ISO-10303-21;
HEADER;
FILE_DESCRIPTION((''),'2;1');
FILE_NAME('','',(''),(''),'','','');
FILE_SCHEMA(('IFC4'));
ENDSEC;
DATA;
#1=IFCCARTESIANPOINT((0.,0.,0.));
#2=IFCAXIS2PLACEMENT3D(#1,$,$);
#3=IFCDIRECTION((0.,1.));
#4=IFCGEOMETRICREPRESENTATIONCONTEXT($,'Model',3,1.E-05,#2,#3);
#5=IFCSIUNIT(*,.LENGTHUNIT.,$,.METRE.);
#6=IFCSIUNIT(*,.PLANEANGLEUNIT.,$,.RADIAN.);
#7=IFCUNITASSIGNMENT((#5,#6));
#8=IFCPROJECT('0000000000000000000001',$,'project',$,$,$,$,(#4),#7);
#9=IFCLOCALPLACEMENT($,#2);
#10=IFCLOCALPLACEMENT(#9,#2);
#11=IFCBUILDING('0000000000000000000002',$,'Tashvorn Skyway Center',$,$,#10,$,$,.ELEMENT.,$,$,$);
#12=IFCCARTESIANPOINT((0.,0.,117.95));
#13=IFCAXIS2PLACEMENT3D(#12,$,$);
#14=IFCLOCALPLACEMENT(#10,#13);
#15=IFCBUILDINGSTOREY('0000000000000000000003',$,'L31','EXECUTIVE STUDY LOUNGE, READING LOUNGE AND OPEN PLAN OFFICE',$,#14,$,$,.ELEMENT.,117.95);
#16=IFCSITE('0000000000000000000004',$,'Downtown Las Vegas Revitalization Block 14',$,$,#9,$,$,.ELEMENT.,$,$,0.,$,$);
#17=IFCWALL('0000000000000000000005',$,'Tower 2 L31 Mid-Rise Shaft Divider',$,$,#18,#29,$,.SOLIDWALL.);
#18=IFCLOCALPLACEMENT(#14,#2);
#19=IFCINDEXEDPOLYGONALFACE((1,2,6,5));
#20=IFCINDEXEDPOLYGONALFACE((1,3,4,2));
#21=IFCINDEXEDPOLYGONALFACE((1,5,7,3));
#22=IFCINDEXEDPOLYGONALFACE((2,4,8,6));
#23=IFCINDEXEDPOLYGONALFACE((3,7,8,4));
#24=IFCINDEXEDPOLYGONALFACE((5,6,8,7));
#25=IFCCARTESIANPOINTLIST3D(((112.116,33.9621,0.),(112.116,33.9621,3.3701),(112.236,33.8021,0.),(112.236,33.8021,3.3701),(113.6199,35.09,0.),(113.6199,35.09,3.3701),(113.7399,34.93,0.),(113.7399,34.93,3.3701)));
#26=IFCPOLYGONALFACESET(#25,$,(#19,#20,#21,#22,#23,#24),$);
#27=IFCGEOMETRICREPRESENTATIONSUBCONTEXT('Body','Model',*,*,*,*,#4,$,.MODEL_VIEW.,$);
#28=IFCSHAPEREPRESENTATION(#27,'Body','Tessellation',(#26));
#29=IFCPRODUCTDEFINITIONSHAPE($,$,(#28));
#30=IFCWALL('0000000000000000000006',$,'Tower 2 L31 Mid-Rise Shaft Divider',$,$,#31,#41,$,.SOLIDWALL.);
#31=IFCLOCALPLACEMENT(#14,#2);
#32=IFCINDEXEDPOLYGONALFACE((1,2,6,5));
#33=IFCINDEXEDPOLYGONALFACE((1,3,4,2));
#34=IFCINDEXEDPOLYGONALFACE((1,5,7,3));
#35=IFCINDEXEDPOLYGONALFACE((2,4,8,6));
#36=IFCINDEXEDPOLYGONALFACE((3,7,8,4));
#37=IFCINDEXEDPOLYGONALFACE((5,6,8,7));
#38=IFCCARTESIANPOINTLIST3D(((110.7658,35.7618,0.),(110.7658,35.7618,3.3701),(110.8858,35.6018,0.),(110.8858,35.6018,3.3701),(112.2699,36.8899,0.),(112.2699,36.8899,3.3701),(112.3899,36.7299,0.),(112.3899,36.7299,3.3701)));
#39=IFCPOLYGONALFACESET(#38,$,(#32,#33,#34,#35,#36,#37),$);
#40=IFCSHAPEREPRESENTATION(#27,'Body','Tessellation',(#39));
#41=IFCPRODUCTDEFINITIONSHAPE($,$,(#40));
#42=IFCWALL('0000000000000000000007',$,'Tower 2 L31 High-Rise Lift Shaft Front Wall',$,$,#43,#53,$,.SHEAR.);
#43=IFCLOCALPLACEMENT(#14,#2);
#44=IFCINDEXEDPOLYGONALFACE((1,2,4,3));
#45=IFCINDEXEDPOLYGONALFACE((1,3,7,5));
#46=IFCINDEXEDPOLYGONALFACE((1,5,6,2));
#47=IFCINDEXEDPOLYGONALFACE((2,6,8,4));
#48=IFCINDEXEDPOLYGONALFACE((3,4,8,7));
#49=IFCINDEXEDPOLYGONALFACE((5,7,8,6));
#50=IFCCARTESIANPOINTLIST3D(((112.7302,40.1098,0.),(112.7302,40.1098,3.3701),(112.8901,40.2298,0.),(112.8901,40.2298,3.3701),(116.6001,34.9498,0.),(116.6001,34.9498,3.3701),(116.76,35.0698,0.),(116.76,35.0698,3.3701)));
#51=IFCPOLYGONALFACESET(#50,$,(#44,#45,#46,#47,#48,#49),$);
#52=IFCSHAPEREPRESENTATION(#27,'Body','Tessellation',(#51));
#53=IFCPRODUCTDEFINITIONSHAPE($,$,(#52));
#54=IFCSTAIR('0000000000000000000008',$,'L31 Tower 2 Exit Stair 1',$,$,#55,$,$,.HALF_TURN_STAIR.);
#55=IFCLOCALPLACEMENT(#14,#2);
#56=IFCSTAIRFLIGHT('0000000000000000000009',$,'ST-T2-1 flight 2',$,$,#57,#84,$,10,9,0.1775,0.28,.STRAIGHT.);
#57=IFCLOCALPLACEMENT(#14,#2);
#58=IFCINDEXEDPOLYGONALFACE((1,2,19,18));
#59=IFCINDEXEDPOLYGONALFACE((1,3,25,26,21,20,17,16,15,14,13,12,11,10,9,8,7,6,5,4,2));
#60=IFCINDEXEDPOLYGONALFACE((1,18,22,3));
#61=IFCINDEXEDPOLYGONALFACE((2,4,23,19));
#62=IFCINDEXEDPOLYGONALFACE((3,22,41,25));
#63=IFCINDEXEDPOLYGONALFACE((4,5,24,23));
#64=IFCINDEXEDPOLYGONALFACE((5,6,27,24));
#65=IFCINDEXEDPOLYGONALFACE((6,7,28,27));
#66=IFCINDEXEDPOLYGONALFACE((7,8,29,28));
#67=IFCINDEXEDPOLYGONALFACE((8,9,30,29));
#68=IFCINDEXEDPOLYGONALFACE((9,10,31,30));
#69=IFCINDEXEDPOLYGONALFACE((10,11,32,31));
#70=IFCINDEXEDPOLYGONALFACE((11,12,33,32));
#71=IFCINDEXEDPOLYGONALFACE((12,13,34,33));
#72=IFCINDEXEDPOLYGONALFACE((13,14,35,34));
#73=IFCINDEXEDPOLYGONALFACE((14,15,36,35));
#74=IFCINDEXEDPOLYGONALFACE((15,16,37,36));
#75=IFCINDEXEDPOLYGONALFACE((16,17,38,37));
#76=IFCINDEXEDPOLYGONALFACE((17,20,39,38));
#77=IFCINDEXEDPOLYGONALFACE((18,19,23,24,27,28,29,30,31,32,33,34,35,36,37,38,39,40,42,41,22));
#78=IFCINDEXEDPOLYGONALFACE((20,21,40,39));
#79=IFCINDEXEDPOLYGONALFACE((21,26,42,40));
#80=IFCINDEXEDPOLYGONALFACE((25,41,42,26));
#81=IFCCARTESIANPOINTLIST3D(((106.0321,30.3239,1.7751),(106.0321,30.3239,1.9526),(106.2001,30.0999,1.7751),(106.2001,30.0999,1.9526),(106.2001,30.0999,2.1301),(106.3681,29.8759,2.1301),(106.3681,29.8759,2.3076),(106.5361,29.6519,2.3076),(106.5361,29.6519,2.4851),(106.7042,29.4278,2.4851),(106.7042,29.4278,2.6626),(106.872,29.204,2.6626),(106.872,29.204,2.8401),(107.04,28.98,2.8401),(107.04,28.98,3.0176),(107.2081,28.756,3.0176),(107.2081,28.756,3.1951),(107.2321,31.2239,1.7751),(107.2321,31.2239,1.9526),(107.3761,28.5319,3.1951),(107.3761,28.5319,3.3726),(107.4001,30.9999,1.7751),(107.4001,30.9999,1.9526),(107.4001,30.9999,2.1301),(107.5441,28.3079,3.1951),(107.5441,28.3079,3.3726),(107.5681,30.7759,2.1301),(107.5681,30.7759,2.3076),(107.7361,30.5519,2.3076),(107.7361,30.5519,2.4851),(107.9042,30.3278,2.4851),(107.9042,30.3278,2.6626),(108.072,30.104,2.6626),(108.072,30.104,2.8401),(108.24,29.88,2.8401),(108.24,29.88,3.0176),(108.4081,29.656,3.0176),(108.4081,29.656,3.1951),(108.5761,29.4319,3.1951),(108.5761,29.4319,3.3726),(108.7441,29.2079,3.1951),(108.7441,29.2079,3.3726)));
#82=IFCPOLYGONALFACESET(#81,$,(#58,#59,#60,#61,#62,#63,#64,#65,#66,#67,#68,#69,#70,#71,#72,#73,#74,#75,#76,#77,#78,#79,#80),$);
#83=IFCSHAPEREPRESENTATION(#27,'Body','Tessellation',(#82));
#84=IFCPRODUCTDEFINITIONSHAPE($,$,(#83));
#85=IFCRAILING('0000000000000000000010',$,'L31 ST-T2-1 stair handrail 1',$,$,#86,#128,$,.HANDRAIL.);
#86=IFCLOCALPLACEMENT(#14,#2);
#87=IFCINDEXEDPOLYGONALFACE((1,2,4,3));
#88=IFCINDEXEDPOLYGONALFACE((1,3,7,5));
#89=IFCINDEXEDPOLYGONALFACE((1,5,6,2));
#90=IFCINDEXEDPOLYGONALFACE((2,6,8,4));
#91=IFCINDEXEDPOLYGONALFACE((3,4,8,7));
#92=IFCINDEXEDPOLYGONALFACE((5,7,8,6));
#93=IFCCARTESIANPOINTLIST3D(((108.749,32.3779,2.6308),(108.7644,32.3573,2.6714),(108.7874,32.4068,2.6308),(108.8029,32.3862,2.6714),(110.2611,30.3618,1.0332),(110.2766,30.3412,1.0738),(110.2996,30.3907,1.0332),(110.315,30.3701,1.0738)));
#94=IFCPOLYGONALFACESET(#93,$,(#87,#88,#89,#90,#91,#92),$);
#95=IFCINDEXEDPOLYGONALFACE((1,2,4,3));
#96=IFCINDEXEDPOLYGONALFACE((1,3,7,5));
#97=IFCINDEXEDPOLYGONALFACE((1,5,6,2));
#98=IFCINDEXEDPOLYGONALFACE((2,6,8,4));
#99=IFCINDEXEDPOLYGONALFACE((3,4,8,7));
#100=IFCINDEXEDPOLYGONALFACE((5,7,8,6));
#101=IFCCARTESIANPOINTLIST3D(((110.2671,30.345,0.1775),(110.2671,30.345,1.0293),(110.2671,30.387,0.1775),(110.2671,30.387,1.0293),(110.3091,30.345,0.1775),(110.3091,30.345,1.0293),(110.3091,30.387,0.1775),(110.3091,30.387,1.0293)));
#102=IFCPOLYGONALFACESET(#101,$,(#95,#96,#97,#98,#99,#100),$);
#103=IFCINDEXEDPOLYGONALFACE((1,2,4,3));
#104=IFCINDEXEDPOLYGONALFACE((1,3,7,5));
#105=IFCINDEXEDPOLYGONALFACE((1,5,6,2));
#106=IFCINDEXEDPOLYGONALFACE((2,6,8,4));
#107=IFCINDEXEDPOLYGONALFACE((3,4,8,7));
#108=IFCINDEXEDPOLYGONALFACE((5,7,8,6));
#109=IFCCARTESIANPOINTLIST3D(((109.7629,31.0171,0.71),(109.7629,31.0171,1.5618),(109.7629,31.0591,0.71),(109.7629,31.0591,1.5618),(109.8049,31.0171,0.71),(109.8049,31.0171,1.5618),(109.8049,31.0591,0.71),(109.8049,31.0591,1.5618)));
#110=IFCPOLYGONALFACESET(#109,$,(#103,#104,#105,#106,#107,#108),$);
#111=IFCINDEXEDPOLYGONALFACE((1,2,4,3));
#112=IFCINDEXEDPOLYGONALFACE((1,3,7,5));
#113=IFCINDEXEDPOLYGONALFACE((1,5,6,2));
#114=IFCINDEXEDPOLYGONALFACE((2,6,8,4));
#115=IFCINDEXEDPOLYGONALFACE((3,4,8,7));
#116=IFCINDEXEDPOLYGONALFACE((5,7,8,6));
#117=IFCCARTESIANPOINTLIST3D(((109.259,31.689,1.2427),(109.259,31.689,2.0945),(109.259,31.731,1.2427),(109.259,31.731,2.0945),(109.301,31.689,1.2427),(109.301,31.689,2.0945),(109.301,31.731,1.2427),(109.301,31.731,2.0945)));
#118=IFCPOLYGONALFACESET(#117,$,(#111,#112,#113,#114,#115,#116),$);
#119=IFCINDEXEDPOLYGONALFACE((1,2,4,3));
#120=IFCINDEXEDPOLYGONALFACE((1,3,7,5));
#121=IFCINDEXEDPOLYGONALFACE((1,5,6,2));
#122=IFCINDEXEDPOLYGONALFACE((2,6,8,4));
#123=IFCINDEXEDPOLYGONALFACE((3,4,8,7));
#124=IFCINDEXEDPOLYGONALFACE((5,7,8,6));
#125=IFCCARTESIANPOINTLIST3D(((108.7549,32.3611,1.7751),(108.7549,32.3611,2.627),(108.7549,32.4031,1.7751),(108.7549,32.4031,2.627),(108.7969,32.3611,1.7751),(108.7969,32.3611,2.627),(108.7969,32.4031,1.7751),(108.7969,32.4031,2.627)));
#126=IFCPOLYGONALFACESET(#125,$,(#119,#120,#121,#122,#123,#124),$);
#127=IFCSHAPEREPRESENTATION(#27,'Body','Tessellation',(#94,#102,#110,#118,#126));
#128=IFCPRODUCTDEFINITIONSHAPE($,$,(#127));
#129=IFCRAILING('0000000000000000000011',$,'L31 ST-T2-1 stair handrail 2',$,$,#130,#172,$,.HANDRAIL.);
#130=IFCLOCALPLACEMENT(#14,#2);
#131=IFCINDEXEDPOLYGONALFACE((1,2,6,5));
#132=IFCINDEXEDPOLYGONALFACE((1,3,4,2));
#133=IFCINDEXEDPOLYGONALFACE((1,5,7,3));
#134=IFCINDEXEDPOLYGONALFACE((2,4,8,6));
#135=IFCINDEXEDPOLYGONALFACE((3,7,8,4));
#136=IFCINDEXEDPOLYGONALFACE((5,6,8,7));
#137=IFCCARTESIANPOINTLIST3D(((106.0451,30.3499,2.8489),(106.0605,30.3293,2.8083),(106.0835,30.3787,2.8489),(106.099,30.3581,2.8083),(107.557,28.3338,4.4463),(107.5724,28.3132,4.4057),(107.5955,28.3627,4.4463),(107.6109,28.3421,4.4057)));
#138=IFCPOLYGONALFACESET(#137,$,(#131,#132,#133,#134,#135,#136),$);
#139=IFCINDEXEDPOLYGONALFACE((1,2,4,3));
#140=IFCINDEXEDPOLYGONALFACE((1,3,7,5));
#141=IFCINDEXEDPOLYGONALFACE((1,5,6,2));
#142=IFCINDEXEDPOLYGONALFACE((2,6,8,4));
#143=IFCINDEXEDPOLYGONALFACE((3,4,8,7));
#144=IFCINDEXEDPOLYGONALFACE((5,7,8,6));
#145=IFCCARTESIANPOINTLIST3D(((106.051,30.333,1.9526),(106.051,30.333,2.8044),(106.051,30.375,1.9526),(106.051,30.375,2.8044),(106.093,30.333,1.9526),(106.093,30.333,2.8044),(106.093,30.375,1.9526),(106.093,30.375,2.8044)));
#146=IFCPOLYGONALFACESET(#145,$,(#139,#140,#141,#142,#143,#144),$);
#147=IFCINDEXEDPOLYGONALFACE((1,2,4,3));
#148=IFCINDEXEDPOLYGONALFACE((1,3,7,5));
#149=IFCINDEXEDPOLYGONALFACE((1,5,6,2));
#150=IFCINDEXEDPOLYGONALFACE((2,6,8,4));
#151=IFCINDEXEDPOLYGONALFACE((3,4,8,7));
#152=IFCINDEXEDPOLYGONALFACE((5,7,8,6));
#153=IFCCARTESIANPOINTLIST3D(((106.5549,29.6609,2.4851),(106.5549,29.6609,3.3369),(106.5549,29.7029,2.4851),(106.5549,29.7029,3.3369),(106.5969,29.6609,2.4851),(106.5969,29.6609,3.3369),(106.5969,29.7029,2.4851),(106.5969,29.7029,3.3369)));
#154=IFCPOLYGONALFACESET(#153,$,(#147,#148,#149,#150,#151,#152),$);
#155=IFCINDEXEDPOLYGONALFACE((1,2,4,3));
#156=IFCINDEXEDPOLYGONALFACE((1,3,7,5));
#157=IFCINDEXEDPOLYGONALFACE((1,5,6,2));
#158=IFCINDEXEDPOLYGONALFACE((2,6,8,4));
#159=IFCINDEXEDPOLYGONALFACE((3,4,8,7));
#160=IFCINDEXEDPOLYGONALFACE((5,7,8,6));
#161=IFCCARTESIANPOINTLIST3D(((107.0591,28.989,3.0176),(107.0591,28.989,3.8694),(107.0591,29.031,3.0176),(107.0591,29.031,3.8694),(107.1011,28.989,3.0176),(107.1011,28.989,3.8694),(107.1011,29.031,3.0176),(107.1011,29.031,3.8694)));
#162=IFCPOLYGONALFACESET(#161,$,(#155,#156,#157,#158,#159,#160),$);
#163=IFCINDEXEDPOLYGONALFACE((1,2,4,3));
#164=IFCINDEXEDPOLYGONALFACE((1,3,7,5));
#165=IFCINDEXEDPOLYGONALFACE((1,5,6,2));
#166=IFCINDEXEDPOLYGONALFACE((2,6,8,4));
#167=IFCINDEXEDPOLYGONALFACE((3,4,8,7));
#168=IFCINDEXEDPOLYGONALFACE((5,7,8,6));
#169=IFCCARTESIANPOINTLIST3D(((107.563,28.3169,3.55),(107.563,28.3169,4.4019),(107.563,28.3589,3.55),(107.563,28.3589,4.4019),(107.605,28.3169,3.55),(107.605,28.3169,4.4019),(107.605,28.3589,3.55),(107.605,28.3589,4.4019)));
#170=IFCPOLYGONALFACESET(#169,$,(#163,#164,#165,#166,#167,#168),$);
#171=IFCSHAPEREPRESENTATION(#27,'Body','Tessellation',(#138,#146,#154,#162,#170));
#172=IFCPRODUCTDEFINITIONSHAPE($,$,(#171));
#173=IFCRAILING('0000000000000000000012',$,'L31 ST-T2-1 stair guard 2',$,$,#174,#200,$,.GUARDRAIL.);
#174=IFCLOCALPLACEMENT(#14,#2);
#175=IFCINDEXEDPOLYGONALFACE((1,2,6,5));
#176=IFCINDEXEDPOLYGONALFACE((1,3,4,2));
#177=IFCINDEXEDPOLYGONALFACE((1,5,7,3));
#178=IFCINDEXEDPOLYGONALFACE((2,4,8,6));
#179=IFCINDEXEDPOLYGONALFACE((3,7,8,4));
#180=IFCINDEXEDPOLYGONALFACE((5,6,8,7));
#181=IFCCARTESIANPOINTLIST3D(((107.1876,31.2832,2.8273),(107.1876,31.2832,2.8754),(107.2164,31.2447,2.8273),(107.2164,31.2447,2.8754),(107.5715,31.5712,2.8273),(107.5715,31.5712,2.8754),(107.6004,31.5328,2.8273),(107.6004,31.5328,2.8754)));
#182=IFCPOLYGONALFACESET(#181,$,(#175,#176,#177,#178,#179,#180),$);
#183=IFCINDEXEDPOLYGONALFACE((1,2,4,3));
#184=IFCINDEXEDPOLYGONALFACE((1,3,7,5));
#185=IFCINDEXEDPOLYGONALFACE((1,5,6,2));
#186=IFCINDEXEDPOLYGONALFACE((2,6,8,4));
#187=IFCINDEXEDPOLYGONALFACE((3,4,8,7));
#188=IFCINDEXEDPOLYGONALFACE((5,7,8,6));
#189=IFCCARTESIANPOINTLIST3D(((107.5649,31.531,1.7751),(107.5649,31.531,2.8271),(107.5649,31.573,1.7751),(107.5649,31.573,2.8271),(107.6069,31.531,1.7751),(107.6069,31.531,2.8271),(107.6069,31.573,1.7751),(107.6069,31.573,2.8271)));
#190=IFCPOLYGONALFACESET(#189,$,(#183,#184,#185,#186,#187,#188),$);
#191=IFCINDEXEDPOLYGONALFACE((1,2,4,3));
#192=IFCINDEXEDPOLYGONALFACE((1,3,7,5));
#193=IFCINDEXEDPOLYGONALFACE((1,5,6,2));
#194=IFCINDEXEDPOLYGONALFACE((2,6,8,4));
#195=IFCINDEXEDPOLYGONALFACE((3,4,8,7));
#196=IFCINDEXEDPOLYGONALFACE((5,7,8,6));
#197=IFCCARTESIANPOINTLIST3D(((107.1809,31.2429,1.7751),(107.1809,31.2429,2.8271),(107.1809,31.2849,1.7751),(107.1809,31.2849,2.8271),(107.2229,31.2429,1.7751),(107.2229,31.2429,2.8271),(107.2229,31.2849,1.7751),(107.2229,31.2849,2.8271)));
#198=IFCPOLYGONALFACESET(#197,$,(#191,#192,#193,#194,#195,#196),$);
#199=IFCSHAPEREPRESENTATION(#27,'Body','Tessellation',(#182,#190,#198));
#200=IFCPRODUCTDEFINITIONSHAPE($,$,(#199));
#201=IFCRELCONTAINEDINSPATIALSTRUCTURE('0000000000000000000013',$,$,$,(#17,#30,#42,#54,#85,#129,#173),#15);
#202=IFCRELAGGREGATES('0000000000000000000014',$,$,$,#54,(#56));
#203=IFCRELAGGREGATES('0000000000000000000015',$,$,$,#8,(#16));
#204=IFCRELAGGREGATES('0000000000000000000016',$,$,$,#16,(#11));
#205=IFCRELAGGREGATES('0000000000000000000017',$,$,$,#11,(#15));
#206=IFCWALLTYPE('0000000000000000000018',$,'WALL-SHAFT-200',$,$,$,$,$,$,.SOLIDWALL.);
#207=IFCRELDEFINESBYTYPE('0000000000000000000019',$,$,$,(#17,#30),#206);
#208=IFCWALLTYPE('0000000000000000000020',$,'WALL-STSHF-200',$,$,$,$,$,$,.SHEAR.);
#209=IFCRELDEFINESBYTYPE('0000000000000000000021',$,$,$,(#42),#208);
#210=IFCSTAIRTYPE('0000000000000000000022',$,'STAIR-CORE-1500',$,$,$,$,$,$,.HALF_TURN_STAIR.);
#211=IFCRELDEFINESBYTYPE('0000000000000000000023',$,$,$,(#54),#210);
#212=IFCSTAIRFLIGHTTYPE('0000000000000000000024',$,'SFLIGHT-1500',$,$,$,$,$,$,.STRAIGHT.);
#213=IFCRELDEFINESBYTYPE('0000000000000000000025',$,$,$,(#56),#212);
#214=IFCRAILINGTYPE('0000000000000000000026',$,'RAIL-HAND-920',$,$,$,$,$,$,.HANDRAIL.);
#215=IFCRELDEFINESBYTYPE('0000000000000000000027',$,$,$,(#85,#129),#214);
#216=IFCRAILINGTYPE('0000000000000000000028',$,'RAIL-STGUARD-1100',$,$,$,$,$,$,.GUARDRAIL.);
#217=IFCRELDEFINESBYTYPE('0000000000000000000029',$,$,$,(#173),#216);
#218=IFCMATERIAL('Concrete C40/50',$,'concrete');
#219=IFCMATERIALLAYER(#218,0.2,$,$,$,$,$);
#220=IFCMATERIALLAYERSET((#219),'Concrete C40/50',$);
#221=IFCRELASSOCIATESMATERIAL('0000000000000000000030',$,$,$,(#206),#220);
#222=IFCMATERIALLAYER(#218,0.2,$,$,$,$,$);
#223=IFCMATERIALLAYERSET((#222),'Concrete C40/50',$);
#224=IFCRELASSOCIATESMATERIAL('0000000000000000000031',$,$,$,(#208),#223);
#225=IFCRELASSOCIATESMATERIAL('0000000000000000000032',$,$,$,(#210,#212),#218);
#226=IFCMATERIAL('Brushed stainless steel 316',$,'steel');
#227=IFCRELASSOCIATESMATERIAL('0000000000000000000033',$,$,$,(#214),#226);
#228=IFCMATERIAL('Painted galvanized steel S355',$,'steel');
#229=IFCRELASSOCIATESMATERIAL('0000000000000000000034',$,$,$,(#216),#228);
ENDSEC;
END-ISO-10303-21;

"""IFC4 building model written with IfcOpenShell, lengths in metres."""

from ifc_helpers import new_model, si_unit, direction, frame, frame_2d, origin, origin_2d, place, context, subcontext, project, spatial, polyline, rectangle, outline, extrude, material, layer, layer_set, type_object, element, aggregate, save


model = new_model("IFC4")

# Units and contexts
model_context = context("Model", 3, precision=1e-05, world=origin(), true_north=direction((0.0, 1.0)))
body_context = subcontext(model_context, "Body", "Model", "MODEL_VIEW")
ifc_project = project(units=[si_unit("LENGTHUNIT", "METRE"), si_unit("PLANEANGLEUNIT", "RADIAN")], contexts=[model_context])

# Site, building, storey
site_placement = place(None, origin())
site = spatial("IfcSite", under=ifc_project, at=site_placement, Name="Downtown Las Vegas Revitalization Block 14", CompositionType="ELEMENT", RefElevation=0.0)
building_placement = place(site_placement, origin())
building = spatial("IfcBuilding", under=site, at=building_placement, Name="Tashvorn Skyway Center", CompositionType="ELEMENT")
storey_placement = place(building_placement, frame((0.0, 0.0, 117.95)))
storey = spatial("IfcBuildingStorey", under=building, at=storey_placement, Name="L31", Description="EXECUTIVE STUDY LOUNGE, READING LOUNGE AND OPEN PLAN OFFICE", CompositionType="ELEMENT", Elevation=117.95)

# Shared definitions
ifc_material_1 = material(Name="Concrete C40/50", Category="concrete")

# Walls
ifc_layer_1 = layer(ifc_material_1, 0.2)
ifc_layer_set_1 = layer_set([ifc_layer_1], Name="Concrete C40/50")
wall_type_1 = type_object("IfcWallType", Name="WALL-SHAFT-200", PredefinedType="SOLIDWALL", material=ifc_layer_set_1)
wall_1_placement = place(storey_placement, frame((112.176, 33.8821, 0.0), z_axis=(0.0, 0.0, 1.0), x_axis=(0.8, 0.6, 0.0)))
element("IfcWall", 1, at=wall_1_placement, inside=storey, type_object=wall_type_1, Name="Tower 2 L31 Mid-Rise Shaft Divider", PredefinedType="SOLIDWALL", context=body_context, shape_type="SweptSolid", body=[
    extrude(rectangle(XDim=1.8799, YDim=0.2, at=frame_2d((0.9399, 0.0))), origin(), (0.0, 0.0, 1.0), 3.3701),
])
wall_2_placement = place(storey_placement, frame((110.8259, 35.6819, 0.0), z_axis=(0.0, 0.0, 1.0), x_axis=(0.799984, 0.600021, 0.0)))
element("IfcWall", 2, at=wall_2_placement, inside=storey, type_object=wall_type_1, Name="Tower 2 L31 Mid-Rise Shaft Divider", PredefinedType="SOLIDWALL", context=body_context, shape_type="SweptSolid", body=[
    extrude(rectangle(XDim=1.8801, YDim=0.2, at=frame_2d((0.9399, 0.0))), origin(), (0.0, 0.0, 1.0), 3.3701),
])
ifc_layer_2 = layer(ifc_material_1, 0.2)
ifc_layer_set_2 = layer_set([ifc_layer_2], Name="Concrete C40/50")
wall_type_2 = type_object("IfcWallType", Name="WALL-STSHF-200", PredefinedType="SHEAR", material=ifc_layer_set_2)
wall_3_placement = place(storey_placement, frame((112.8101, 40.1699, 0.0), z_axis=(0.0, 0.0, 1.0), x_axis=(0.599994, -0.800005, 0.0)))
element("IfcWall", 3, at=wall_3_placement, inside=storey, type_object=wall_type_2, Name="Tower 2 L31 High-Rise Lift Shaft Front Wall", PredefinedType="SHEAR", context=body_context, shape_type="SweptSolid", body=[
    extrude(rectangle(XDim=6.45, YDim=0.2, at=frame_2d((3.2251, 0.0))), origin(), (0.0, 0.0, 1.0), 3.3701),
])

# Stair, stair flight
stair_type = type_object("IfcStairType", Name="STAIR-CORE-1500", PredefinedType="HALF_TURN_STAIR", material=ifc_material_1)
stair_placement = place(storey_placement, origin())
stair = element("IfcStair", 4, at=stair_placement, inside=storey, type_object=stair_type, Name="L31 Tower 2 Exit Stair 1", PredefinedType="HALF_TURN_STAIR")
stair_flight_type = type_object("IfcStairFlightType", Name="SFLIGHT-1500", PredefinedType="STRAIGHT", material=ifc_material_1)
stair_flight_placement = place(storey_placement, frame((106.6321, 30.7739, 1.7751), z_axis=(0.0, 0.0, 1.0), x_axis=(0.6, -0.8, 0.0)))
stair_flight = element("IfcStairFlight", 5, at=stair_flight_placement, type_object=stair_flight_type, Name="ST-T2-1 flight 2", NumberOfRisers=10, NumberOfTreads=9, PredefinedType="STRAIGHT", RiserHeight=0.1775, TreadLength=0.28, context=body_context, shape_type="SweptSolid", body=[
    extrude(outline(polyline([(0.0, 0.0), (0.0, 0.1775), (0.28, 0.1775), (0.28, 0.355), (0.5601, 0.355), (0.5601, 0.5325), (0.8401, 0.5325), (0.8401, 0.71), (1.1201, 0.71), (1.1201, 0.8875), (1.3999, 0.8875), (1.3999, 1.0649), (1.6799, 1.0649), (1.6799, 1.2424), (1.96, 1.2424), (1.96, 1.4199), (2.24, 1.4199), (2.24, 1.5974), (2.52, 1.5974), (2.52, 1.7749), (2.52, 1.4199), (0.28, 0.0), (0.0, 0.0)])), frame((0.0, 0.75, 0.0), z_axis=(0.0, -1.0, 0.0), x_axis=(1.0, 0.0, 0.0)), (0.0, 0.0, 1.0), 1.5),
])
aggregate(stair, [stair_flight])

# Railings
ifc_material_2 = material(Name="Brushed stainless steel 316", Category="steel")
railing_type_1 = type_object("IfcRailingType", Name="RAIL-HAND-920", PredefinedType="HANDRAIL", material=ifc_material_2)
railing_1_placement = place(storey_placement, frame((110.2881, 30.366, 0.1775)))
element("IfcRailing", 6, at=railing_1_placement, inside=storey, type_object=railing_type_1, Name="L31 ST-T2-1 stair handrail 1", PredefinedType="HANDRAIL", context=body_context, shape_type="SweptSolid", body=[
    extrude(rectangle(XDim=0.0481, YDim=0.0481, at=origin_2d()), frame((0.0, 0.0, 0.876), z_axis=(-0.506779, 0.675651, 0.535416), x_axis=(-0.799977, -0.600031, 0.0)), (0.0, 0.0, 1.0), 2.9839),
    extrude(rectangle(XDim=0.042, YDim=0.042, at=origin_2d()), origin(), (0.0, 0.0, 1.0), 0.8518),
    extrude(rectangle(XDim=0.042, YDim=0.042, at=origin_2d()), frame((-0.5042, 0.6721, 0.5325)), (0.0, 0.0, 1.0), 0.8518),
    extrude(rectangle(XDim=0.042, YDim=0.042, at=origin_2d()), frame((-1.0081, 1.344, 1.0652)), (0.0, 0.0, 1.0), 0.8518),
    extrude(rectangle(XDim=0.042, YDim=0.042, at=origin_2d()), frame((-1.5122, 2.0161, 1.5977)), (0.0, 0.0, 1.0), 0.8518),
])
railing_2_placement = place(storey_placement, frame((106.072, 30.354, 1.9526)))
element("IfcRailing", 7, at=railing_2_placement, inside=storey, type_object=railing_type_1, Name="L31 ST-T2-1 stair handrail 2", PredefinedType="HANDRAIL", context=body_context, shape_type="SweptSolid", body=[
    extrude(rectangle(XDim=0.0481, YDim=0.0481, at=origin_2d()), frame((0.0, 0.0, 0.876), z_axis=(0.506741, -0.675709, 0.535379), x_axis=(0.800023, 0.599969, 0.0)), (0.0, 0.0, 1.0), 2.9836),
    extrude(rectangle(XDim=0.042, YDim=0.042, at=origin_2d()), origin(), (0.0, 0.0, 1.0), 0.8518),
    extrude(rectangle(XDim=0.042, YDim=0.042, at=origin_2d()), frame((0.5039, -0.6721, 0.5325)), (0.0, 0.0, 1.0), 0.8518),
    extrude(rectangle(XDim=0.042, YDim=0.042, at=origin_2d()), frame((1.0081, -1.344, 1.0649)), (0.0, 0.0, 1.0), 0.8518),
    extrude(rectangle(XDim=0.042, YDim=0.042, at=origin_2d()), frame((1.512, -2.0161, 1.5974)), (0.0, 0.0, 1.0), 0.8518),
])
ifc_material_3 = material(Name="Painted galvanized steel S355", Category="steel")
railing_type_2 = type_object("IfcRailingType", Name="RAIL-STGUARD-1100", PredefinedType="GUARDRAIL", material=ifc_material_3)
railing_3_placement = place(storey_placement, frame((107.5859, 31.552, 1.7751)))
element("IfcRailing", 8, at=railing_3_placement, inside=storey, type_object=railing_type_2, Name="L31 ST-T2-1 stair guard 2", PredefinedType="GUARDRAIL", context=body_context, shape_type="SweptSolid", body=[
    extrude(rectangle(XDim=0.0481, YDim=0.0481, at=origin_2d()), frame((0.0, 0.0, 1.0762), z_axis=(-0.799939, -0.600081, 0.0), x_axis=(0.600081, -0.799939, 0.0)), (0.0, 0.0, 1.0), 0.48),
    extrude(rectangle(XDim=0.042, YDim=0.042, at=origin_2d()), origin(), (0.0, 0.0, 1.0), 1.052),
    extrude(rectangle(XDim=0.042, YDim=0.042, at=origin_2d()), frame((-0.384, -0.2881, 0.0)), (0.0, 0.0, 1.0), 1.052),
])

save(model, "model.ifc")
